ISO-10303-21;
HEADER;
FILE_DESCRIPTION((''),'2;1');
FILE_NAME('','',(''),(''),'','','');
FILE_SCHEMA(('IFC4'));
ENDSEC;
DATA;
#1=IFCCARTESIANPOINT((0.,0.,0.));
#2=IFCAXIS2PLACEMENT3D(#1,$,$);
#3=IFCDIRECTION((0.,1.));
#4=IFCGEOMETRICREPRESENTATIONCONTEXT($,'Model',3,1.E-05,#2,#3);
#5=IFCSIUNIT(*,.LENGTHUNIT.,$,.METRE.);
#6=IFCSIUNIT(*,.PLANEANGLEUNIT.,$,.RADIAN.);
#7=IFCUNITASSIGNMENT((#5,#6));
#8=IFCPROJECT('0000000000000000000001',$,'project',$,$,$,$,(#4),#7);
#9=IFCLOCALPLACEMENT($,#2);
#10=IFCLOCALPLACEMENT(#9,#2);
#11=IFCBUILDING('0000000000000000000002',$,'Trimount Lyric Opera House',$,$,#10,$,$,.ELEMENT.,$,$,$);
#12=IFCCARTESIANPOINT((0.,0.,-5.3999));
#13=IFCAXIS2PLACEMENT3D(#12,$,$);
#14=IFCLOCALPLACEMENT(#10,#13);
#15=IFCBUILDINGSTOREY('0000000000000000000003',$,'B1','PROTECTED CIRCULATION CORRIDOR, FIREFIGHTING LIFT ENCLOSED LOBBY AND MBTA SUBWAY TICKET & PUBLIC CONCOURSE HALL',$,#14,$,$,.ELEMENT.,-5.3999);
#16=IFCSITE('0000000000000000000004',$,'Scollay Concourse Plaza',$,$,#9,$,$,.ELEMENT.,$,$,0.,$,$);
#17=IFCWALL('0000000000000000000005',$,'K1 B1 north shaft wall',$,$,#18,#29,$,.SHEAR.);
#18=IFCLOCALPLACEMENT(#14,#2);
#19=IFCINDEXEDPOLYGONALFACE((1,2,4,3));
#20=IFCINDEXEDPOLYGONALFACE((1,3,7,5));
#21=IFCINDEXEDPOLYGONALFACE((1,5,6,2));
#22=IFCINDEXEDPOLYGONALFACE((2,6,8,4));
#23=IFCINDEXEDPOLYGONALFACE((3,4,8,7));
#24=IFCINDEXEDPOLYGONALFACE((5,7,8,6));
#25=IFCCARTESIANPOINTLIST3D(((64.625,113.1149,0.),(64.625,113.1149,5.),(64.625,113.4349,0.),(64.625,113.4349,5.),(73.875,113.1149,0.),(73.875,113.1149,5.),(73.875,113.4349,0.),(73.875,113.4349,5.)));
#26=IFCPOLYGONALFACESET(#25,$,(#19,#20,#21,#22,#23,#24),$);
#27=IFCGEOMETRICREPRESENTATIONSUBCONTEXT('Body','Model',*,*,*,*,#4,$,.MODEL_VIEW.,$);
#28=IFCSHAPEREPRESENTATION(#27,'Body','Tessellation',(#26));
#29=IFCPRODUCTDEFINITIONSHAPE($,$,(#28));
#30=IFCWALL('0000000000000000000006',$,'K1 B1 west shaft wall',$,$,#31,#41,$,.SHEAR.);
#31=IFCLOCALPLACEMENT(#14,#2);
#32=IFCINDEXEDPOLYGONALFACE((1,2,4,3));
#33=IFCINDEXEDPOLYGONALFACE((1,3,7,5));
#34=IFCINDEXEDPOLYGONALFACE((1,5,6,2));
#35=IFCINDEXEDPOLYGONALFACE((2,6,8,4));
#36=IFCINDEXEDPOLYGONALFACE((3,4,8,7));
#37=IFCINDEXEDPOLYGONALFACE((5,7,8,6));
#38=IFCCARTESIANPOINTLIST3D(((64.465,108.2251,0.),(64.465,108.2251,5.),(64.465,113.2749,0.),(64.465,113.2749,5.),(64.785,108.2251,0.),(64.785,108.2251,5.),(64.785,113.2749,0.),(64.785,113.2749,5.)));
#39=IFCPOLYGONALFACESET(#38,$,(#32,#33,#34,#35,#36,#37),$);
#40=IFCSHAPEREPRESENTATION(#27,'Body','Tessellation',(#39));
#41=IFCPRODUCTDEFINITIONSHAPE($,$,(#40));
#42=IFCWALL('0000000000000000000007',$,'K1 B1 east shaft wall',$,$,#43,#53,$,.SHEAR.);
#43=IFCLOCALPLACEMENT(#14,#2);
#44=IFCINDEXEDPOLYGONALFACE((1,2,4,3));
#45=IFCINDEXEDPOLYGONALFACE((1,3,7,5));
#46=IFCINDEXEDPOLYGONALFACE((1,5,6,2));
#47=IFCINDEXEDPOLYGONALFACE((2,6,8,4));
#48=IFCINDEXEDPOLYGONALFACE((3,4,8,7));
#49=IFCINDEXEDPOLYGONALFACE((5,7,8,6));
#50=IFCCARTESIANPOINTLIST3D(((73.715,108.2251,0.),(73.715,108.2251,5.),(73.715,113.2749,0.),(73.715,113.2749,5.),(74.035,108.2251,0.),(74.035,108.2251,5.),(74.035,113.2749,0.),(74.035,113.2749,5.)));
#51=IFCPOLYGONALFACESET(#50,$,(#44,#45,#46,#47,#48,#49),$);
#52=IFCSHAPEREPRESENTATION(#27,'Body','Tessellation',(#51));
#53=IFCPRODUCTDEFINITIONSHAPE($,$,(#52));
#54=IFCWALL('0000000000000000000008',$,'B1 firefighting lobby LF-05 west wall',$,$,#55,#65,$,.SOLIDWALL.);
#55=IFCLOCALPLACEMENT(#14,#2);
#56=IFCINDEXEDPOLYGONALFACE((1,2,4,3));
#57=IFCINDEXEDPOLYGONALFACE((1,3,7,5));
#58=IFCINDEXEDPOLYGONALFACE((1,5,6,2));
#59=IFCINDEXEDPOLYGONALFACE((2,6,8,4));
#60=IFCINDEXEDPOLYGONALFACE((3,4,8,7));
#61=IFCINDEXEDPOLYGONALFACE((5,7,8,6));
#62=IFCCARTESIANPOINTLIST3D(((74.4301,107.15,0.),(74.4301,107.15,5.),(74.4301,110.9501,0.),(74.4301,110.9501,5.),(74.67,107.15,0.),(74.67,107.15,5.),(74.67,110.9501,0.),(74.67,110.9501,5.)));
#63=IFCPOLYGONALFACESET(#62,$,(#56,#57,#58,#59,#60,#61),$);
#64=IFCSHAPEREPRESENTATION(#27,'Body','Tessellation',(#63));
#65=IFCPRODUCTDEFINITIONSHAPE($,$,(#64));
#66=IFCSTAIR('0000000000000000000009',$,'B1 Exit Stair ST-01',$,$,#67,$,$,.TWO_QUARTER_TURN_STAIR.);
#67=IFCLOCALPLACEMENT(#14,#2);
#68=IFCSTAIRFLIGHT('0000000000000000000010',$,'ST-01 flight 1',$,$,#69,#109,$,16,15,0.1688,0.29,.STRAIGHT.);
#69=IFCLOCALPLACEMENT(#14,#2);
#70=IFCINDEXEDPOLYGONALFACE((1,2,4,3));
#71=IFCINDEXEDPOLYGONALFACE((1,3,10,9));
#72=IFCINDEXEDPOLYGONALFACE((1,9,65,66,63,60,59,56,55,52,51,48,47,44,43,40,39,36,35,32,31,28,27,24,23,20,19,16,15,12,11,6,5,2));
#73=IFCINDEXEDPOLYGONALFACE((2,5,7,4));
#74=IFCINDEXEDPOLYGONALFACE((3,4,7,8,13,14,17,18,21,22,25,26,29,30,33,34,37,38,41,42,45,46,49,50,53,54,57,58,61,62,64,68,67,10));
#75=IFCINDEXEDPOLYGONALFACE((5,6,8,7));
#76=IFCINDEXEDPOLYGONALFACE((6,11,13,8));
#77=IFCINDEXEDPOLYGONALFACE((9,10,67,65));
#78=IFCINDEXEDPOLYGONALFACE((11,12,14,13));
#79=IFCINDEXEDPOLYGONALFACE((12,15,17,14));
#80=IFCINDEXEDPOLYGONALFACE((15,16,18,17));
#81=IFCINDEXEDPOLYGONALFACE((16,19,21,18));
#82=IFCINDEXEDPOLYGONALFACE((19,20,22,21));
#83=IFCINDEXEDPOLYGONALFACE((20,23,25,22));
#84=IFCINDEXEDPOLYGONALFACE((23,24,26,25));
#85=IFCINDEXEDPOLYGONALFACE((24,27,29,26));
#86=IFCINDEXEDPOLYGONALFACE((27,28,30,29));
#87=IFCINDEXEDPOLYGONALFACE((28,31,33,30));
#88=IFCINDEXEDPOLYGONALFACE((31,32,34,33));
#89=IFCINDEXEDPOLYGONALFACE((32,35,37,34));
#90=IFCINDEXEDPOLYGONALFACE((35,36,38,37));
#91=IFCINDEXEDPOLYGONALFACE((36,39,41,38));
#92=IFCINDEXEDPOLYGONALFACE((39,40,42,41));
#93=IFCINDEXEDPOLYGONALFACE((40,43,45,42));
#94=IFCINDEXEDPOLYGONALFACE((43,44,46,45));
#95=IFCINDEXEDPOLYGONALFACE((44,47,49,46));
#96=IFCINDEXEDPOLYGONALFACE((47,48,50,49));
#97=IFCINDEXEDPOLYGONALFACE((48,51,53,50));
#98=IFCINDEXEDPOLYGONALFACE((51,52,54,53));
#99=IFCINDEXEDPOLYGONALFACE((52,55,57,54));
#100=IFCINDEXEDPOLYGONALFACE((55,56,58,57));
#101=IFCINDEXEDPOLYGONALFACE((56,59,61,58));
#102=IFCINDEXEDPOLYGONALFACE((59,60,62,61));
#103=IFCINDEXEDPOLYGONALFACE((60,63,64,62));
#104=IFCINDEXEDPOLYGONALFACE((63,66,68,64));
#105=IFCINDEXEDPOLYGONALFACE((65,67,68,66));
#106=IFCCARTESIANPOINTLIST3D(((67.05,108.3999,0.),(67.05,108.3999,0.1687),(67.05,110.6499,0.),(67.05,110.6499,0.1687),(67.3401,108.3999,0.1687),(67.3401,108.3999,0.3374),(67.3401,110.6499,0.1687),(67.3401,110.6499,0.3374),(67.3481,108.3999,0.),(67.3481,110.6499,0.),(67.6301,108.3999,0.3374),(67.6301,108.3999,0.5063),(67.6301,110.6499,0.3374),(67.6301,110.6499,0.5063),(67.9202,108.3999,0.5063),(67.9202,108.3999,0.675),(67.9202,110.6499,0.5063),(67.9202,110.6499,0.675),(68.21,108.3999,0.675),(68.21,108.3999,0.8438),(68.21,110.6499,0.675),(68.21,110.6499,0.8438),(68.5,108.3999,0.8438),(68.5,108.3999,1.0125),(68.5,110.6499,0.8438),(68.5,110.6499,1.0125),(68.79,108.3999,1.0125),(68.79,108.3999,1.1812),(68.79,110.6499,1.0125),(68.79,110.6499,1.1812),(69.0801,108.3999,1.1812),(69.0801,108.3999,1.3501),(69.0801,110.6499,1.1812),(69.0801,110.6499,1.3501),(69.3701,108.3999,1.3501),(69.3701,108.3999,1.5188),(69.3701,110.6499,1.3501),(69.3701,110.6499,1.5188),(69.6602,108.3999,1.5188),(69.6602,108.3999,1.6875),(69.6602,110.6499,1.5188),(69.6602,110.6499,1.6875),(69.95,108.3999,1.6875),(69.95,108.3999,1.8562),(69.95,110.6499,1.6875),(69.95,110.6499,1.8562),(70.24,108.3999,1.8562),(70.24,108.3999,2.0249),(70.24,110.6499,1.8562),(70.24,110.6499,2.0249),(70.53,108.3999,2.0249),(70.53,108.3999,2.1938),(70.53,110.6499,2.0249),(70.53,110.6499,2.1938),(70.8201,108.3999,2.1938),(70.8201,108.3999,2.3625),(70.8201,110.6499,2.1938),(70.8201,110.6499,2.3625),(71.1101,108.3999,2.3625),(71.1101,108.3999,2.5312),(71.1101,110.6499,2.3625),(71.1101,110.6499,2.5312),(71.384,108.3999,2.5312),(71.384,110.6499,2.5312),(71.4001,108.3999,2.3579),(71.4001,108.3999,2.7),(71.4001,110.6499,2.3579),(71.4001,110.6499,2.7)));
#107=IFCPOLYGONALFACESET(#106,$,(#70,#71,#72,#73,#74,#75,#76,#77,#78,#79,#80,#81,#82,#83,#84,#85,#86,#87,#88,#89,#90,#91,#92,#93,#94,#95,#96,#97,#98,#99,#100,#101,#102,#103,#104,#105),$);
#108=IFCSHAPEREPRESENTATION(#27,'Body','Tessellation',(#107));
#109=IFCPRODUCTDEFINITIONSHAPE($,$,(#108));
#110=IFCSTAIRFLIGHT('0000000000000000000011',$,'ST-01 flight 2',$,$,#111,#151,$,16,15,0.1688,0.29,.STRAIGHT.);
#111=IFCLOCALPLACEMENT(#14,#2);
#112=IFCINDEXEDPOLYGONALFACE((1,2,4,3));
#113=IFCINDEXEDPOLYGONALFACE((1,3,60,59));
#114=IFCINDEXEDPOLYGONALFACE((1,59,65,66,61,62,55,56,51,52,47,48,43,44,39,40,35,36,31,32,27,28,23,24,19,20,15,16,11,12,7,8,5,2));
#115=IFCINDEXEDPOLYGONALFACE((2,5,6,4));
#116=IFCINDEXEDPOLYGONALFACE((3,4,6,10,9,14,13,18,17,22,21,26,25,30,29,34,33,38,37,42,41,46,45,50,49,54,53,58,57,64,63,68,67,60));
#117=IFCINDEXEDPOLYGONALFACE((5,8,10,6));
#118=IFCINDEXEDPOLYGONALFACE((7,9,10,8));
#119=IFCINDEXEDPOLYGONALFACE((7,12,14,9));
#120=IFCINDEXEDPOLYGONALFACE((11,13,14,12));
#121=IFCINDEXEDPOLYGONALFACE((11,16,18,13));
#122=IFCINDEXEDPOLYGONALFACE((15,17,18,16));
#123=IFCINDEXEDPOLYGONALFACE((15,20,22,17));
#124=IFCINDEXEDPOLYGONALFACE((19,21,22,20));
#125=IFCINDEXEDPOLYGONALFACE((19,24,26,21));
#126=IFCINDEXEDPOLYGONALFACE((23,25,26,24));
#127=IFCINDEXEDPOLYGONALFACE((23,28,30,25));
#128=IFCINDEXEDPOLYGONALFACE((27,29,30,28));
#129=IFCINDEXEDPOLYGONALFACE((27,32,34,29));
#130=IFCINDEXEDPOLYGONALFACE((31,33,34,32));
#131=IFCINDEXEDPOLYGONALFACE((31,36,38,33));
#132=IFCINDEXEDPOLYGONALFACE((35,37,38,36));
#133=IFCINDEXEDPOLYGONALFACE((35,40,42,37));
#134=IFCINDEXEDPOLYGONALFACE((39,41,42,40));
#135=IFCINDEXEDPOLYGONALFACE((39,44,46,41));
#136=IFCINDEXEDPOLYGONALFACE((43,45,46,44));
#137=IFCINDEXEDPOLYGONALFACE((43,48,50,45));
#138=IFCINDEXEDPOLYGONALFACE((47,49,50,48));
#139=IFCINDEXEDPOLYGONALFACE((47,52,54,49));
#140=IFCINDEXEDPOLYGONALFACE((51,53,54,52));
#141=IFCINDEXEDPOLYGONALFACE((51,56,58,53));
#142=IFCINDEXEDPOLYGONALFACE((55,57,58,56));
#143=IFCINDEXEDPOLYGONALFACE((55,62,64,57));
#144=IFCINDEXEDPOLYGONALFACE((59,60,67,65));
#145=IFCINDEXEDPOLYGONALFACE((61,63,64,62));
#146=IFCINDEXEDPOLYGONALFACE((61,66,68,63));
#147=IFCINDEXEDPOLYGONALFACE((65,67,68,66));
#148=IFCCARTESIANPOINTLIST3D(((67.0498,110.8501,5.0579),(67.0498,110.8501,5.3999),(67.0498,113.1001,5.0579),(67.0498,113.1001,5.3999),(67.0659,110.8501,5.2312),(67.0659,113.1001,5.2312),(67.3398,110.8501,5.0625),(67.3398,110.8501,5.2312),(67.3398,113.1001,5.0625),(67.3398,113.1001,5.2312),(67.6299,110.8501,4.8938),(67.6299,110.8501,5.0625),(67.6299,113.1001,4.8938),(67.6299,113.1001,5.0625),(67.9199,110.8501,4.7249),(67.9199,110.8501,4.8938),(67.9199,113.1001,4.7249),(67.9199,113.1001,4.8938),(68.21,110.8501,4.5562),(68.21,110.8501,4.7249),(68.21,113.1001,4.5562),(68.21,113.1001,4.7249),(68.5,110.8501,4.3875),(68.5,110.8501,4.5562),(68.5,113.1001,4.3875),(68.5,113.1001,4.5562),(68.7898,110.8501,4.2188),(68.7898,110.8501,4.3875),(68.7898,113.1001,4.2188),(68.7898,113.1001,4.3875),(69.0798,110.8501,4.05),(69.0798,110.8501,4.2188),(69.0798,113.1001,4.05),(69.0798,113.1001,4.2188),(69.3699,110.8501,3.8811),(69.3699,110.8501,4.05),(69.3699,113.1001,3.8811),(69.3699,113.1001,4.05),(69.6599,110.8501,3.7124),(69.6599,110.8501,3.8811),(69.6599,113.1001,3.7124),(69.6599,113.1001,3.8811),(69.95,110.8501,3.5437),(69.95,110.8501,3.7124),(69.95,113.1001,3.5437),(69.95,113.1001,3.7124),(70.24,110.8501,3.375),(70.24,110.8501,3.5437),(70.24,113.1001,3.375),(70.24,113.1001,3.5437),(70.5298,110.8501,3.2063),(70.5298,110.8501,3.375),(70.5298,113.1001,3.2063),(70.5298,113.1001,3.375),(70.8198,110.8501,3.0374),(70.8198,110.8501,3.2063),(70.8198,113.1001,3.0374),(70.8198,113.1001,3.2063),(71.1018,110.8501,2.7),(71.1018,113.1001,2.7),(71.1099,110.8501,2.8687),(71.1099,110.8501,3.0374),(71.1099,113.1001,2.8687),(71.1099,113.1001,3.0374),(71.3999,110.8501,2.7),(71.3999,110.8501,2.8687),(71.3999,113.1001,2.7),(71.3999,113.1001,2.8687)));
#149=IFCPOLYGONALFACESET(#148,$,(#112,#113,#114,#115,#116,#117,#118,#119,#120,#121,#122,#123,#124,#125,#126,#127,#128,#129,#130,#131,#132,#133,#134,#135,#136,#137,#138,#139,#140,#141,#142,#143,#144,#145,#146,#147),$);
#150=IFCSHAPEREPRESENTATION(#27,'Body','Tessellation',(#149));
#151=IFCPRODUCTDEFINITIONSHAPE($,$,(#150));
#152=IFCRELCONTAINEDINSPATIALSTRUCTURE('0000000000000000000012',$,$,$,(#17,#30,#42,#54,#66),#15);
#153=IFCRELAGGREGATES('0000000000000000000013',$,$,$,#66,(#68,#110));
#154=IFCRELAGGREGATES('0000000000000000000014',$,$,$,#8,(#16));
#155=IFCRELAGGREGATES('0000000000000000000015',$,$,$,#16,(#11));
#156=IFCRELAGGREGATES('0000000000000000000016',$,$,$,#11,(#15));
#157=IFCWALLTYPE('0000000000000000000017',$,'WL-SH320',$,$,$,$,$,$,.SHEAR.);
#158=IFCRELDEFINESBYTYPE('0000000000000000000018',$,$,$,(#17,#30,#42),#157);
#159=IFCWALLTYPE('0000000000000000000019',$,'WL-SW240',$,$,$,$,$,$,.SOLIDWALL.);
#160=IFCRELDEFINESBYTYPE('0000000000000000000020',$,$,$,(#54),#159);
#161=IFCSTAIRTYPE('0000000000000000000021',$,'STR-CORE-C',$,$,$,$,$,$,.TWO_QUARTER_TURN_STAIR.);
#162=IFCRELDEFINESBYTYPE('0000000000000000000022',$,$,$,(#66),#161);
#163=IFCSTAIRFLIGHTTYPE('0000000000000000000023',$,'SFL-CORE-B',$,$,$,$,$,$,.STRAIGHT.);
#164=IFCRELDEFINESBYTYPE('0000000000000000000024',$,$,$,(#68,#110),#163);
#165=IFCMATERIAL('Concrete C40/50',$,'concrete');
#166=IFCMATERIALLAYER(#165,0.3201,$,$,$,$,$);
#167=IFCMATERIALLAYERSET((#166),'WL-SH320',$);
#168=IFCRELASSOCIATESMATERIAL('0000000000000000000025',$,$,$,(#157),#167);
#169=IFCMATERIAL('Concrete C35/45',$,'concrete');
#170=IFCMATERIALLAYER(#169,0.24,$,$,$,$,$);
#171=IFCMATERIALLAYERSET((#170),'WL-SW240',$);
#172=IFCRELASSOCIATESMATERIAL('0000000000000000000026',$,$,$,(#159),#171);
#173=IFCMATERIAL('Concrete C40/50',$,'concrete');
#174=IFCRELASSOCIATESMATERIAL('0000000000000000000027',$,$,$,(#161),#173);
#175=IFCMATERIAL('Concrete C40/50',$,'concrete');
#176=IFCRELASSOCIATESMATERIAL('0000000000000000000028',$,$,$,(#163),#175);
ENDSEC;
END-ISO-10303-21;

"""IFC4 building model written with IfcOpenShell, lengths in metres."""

from ifc_helpers import new_model, si_unit, direction, frame, frame_2d, origin, place, context, subcontext, project, spatial, polyline, rectangle, outline, extrude, material, layer, layer_set, type_object, element, aggregate, save


model = new_model("IFC4")

# Units and contexts
model_context = context("Model", 3, precision=1e-05, world=origin(), true_north=direction((0.0, 1.0)))
body_context = subcontext(model_context, "Body", "Model", "MODEL_VIEW")
ifc_project = project(units=[si_unit("LENGTHUNIT", "METRE"), si_unit("PLANEANGLEUNIT", "RADIAN")], contexts=[model_context])

# Site, building, storey
site_placement = place(None, origin())
site = spatial("IfcSite", under=ifc_project, at=site_placement, Name="Scollay Concourse Plaza", CompositionType="ELEMENT", RefElevation=0.0)
building_placement = place(site_placement, origin())
building = spatial("IfcBuilding", under=site, at=building_placement, Name="Trimount Lyric Opera House", CompositionType="ELEMENT")
storey_placement = place(building_placement, frame((0.0, 0.0, -5.3999)))
storey = spatial("IfcBuildingStorey", under=building, at=storey_placement, Name="B1", Description="PROTECTED CIRCULATION CORRIDOR, FIREFIGHTING LIFT ENCLOSED LOBBY AND MBTA SUBWAY TICKET & PUBLIC CONCOURSE HALL", CompositionType="ELEMENT", Elevation=-5.3999)

# Shared definitions
ifc_material_1 = material(Name="Concrete C40/50", Category="concrete")
ifc_layer_1 = layer(ifc_material_1, 0.3201)
ifc_layer_set_1 = layer_set([ifc_layer_1], Name="WL-SH320")
wall_type_1 = type_object("IfcWallType", Name="WL-SH320", PredefinedType="SHEAR", material=ifc_layer_set_1)

# Walls
wall_1_placement = place(storey_placement, frame((73.875, 113.2749, 0.0), z_axis=(0.0, 0.0, 1.0), x_axis=(-1.0, 0.0, 0.0)))
element("IfcWall", 1, at=wall_1_placement, inside=storey, type_object=wall_type_1, Name="K1 B1 north shaft wall", PredefinedType="SHEAR", context=body_context, shape_type="SweptSolid", body=[
    extrude(rectangle(XDim=9.25, YDim=0.3201, at=frame_2d((4.625, 0.0))), origin(), (0.0, 0.0, 1.0), 5.0),
])
for number, where, z_axis, x_axis, name in (
    (2, (64.625, 113.2749, 0.0), (0.0, 0.0, 1.0), (0.0, -1.0, 0.0), "K1 B1 west shaft wall"),
    (3, (73.875, 108.2251, 0.0), (0.0, 0.0, 1.0), (0.0, 1.0, 0.0), "K1 B1 east shaft wall"),
):
    element("IfcWall", number, at=place(storey_placement, frame(where, z_axis=z_axis, x_axis=x_axis)), inside=storey, type_object=wall_type_1, Name=name, PredefinedType="SHEAR", context=body_context, shape_type="SweptSolid", body=[
        extrude(rectangle(XDim=5.0498, YDim=0.3201, at=frame_2d((2.5249, 0.0))), origin(), (0.0, 0.0, 1.0), 5.0),
    ])
ifc_material_2 = material(Name="Concrete C35/45", Category="concrete")
ifc_layer_2 = layer(ifc_material_2, 0.24)
ifc_layer_set_2 = layer_set([ifc_layer_2], Name="WL-SW240")
wall_type_2 = type_object("IfcWallType", Name="WL-SW240", PredefinedType="SOLIDWALL", material=ifc_layer_set_2)
wall_2_placement = place(storey_placement, frame((74.55, 110.95, 0.0), z_axis=(0.0, 0.0, 1.0), x_axis=(0.0, -1.0, 0.0)))
element("IfcWall", 4, at=wall_2_placement, inside=storey, type_object=wall_type_2, Name="B1 firefighting lobby LF-05 west wall", PredefinedType="SOLIDWALL", context=body_context, shape_type="SweptSolid", body=[
    extrude(rectangle(XDim=3.8, YDim=0.24, at=frame_2d((1.8999, 0.0))), origin(), (0.0, 0.0, 1.0), 5.0),
])

# Stair, stair flights
ifc_material_3 = material(Name="Concrete C40/50", Category="concrete")
stair_type = type_object("IfcStairType", Name="STR-CORE-C", PredefinedType="TWO_QUARTER_TURN_STAIR", material=ifc_material_3)
stair_placement = place(storey_placement, origin())
stair = element("IfcStair", 5, at=stair_placement, inside=storey, type_object=stair_type, Name="B1 Exit Stair ST-01", PredefinedType="TWO_QUARTER_TURN_STAIR")
ifc_material_4 = material(Name="Concrete C40/50", Category="concrete")
stair_flight_type = type_object("IfcStairFlightType", Name="SFL-CORE-B", PredefinedType="STRAIGHT", material=ifc_material_4)
stair_flight_1_placement = place(storey_placement, frame((67.05, 109.5249, 0.0), z_axis=(0.0, 0.0, 1.0), x_axis=(1.0, 0.0, 0.0)))
stair_flight_1 = element("IfcStairFlight", 6, at=stair_flight_1_placement, type_object=stair_flight_type, Name="ST-01 flight 1", NumberOfRisers=16, NumberOfTreads=15, PredefinedType="STRAIGHT", RiserHeight=0.1688, TreadLength=0.29, context=body_context, shape_type="SweptSolid", body=[
    extrude(outline(polyline([(0.0, 0.0), (0.0, 0.1687), (0.29, 0.1687), (0.29, 0.3374), (0.5801, 0.3374), (0.5801, 0.5063), (0.8701, 0.5063), (0.8701, 0.675), (1.1599, 0.675), (1.1599, 0.8438), (1.45, 0.8438), (1.45, 1.0125), (1.74, 1.0125), (1.74, 1.1812), (2.03, 1.1812), (2.03, 1.3501), (2.3201, 1.3501), (2.3201, 1.5188), (2.6101, 1.5188), (2.6101, 1.6875), (2.8999, 1.6875), (2.8999, 1.8562), (3.1899, 1.8562), (3.1899, 2.0249), (3.48, 2.0249), (3.48, 2.1938), (3.77, 2.1938), (3.77, 2.3625), (4.0601, 2.3625), (4.0601, 2.5312), (4.334, 2.5312), (4.3501, 2.7), (4.3501, 2.3579), (0.2981, 0.0), (0.0, 0.0)])), frame((0.0, 1.125, 0.0), z_axis=(0.0, -1.0, 0.0), x_axis=(1.0, 0.0, 0.0)), (0.0, 0.0, 1.0), 2.25),
])
stair_flight_2_placement = place(storey_placement, frame((71.3999, 111.9751, 2.7), z_axis=(0.0, 0.0, 1.0), x_axis=(-1.0, 0.0, 0.0)))
stair_flight_2 = element("IfcStairFlight", 7, at=stair_flight_2_placement, type_object=stair_flight_type, Name="ST-01 flight 2", NumberOfRisers=16, NumberOfTreads=15, PredefinedType="STRAIGHT", RiserHeight=0.1688, TreadLength=0.29, context=body_context, shape_type="SweptSolid", body=[
    extrude(outline(polyline([(0.0, 0.0), (0.0, 0.1687), (0.29, 0.1687), (0.29, 0.3374), (0.5801, 0.3374), (0.5801, 0.5063), (0.8701, 0.5063), (0.8701, 0.675), (1.1599, 0.675), (1.1599, 0.8438), (1.45, 0.8438), (1.45, 1.0125), (1.74, 1.0125), (1.74, 1.1812), (2.03, 1.1812), (2.03, 1.3501), (2.3201, 1.3501), (2.3201, 1.5188), (2.6101, 1.5188), (2.6101, 1.6875), (2.8999, 1.6875), (2.8999, 1.8562), (3.1899, 1.8562), (3.1899, 2.0249), (3.48, 2.0249), (3.48, 2.1938), (3.77, 2.1938), (3.77, 2.3625), (4.0601, 2.3625), (4.0601, 2.5312), (4.334, 2.5312), (4.3501, 2.7), (4.3501, 2.3579), (0.2981, 0.0), (0.0, 0.0)])), frame((0.0, 1.125, 0.0), z_axis=(0.0, -1.0, 0.0), x_axis=(1.0, 0.0, 0.0)), (0.0, 0.0, 1.0), 2.25),
])
aggregate(stair, [stair_flight_1, stair_flight_2])

save(model, "model.ifc")
